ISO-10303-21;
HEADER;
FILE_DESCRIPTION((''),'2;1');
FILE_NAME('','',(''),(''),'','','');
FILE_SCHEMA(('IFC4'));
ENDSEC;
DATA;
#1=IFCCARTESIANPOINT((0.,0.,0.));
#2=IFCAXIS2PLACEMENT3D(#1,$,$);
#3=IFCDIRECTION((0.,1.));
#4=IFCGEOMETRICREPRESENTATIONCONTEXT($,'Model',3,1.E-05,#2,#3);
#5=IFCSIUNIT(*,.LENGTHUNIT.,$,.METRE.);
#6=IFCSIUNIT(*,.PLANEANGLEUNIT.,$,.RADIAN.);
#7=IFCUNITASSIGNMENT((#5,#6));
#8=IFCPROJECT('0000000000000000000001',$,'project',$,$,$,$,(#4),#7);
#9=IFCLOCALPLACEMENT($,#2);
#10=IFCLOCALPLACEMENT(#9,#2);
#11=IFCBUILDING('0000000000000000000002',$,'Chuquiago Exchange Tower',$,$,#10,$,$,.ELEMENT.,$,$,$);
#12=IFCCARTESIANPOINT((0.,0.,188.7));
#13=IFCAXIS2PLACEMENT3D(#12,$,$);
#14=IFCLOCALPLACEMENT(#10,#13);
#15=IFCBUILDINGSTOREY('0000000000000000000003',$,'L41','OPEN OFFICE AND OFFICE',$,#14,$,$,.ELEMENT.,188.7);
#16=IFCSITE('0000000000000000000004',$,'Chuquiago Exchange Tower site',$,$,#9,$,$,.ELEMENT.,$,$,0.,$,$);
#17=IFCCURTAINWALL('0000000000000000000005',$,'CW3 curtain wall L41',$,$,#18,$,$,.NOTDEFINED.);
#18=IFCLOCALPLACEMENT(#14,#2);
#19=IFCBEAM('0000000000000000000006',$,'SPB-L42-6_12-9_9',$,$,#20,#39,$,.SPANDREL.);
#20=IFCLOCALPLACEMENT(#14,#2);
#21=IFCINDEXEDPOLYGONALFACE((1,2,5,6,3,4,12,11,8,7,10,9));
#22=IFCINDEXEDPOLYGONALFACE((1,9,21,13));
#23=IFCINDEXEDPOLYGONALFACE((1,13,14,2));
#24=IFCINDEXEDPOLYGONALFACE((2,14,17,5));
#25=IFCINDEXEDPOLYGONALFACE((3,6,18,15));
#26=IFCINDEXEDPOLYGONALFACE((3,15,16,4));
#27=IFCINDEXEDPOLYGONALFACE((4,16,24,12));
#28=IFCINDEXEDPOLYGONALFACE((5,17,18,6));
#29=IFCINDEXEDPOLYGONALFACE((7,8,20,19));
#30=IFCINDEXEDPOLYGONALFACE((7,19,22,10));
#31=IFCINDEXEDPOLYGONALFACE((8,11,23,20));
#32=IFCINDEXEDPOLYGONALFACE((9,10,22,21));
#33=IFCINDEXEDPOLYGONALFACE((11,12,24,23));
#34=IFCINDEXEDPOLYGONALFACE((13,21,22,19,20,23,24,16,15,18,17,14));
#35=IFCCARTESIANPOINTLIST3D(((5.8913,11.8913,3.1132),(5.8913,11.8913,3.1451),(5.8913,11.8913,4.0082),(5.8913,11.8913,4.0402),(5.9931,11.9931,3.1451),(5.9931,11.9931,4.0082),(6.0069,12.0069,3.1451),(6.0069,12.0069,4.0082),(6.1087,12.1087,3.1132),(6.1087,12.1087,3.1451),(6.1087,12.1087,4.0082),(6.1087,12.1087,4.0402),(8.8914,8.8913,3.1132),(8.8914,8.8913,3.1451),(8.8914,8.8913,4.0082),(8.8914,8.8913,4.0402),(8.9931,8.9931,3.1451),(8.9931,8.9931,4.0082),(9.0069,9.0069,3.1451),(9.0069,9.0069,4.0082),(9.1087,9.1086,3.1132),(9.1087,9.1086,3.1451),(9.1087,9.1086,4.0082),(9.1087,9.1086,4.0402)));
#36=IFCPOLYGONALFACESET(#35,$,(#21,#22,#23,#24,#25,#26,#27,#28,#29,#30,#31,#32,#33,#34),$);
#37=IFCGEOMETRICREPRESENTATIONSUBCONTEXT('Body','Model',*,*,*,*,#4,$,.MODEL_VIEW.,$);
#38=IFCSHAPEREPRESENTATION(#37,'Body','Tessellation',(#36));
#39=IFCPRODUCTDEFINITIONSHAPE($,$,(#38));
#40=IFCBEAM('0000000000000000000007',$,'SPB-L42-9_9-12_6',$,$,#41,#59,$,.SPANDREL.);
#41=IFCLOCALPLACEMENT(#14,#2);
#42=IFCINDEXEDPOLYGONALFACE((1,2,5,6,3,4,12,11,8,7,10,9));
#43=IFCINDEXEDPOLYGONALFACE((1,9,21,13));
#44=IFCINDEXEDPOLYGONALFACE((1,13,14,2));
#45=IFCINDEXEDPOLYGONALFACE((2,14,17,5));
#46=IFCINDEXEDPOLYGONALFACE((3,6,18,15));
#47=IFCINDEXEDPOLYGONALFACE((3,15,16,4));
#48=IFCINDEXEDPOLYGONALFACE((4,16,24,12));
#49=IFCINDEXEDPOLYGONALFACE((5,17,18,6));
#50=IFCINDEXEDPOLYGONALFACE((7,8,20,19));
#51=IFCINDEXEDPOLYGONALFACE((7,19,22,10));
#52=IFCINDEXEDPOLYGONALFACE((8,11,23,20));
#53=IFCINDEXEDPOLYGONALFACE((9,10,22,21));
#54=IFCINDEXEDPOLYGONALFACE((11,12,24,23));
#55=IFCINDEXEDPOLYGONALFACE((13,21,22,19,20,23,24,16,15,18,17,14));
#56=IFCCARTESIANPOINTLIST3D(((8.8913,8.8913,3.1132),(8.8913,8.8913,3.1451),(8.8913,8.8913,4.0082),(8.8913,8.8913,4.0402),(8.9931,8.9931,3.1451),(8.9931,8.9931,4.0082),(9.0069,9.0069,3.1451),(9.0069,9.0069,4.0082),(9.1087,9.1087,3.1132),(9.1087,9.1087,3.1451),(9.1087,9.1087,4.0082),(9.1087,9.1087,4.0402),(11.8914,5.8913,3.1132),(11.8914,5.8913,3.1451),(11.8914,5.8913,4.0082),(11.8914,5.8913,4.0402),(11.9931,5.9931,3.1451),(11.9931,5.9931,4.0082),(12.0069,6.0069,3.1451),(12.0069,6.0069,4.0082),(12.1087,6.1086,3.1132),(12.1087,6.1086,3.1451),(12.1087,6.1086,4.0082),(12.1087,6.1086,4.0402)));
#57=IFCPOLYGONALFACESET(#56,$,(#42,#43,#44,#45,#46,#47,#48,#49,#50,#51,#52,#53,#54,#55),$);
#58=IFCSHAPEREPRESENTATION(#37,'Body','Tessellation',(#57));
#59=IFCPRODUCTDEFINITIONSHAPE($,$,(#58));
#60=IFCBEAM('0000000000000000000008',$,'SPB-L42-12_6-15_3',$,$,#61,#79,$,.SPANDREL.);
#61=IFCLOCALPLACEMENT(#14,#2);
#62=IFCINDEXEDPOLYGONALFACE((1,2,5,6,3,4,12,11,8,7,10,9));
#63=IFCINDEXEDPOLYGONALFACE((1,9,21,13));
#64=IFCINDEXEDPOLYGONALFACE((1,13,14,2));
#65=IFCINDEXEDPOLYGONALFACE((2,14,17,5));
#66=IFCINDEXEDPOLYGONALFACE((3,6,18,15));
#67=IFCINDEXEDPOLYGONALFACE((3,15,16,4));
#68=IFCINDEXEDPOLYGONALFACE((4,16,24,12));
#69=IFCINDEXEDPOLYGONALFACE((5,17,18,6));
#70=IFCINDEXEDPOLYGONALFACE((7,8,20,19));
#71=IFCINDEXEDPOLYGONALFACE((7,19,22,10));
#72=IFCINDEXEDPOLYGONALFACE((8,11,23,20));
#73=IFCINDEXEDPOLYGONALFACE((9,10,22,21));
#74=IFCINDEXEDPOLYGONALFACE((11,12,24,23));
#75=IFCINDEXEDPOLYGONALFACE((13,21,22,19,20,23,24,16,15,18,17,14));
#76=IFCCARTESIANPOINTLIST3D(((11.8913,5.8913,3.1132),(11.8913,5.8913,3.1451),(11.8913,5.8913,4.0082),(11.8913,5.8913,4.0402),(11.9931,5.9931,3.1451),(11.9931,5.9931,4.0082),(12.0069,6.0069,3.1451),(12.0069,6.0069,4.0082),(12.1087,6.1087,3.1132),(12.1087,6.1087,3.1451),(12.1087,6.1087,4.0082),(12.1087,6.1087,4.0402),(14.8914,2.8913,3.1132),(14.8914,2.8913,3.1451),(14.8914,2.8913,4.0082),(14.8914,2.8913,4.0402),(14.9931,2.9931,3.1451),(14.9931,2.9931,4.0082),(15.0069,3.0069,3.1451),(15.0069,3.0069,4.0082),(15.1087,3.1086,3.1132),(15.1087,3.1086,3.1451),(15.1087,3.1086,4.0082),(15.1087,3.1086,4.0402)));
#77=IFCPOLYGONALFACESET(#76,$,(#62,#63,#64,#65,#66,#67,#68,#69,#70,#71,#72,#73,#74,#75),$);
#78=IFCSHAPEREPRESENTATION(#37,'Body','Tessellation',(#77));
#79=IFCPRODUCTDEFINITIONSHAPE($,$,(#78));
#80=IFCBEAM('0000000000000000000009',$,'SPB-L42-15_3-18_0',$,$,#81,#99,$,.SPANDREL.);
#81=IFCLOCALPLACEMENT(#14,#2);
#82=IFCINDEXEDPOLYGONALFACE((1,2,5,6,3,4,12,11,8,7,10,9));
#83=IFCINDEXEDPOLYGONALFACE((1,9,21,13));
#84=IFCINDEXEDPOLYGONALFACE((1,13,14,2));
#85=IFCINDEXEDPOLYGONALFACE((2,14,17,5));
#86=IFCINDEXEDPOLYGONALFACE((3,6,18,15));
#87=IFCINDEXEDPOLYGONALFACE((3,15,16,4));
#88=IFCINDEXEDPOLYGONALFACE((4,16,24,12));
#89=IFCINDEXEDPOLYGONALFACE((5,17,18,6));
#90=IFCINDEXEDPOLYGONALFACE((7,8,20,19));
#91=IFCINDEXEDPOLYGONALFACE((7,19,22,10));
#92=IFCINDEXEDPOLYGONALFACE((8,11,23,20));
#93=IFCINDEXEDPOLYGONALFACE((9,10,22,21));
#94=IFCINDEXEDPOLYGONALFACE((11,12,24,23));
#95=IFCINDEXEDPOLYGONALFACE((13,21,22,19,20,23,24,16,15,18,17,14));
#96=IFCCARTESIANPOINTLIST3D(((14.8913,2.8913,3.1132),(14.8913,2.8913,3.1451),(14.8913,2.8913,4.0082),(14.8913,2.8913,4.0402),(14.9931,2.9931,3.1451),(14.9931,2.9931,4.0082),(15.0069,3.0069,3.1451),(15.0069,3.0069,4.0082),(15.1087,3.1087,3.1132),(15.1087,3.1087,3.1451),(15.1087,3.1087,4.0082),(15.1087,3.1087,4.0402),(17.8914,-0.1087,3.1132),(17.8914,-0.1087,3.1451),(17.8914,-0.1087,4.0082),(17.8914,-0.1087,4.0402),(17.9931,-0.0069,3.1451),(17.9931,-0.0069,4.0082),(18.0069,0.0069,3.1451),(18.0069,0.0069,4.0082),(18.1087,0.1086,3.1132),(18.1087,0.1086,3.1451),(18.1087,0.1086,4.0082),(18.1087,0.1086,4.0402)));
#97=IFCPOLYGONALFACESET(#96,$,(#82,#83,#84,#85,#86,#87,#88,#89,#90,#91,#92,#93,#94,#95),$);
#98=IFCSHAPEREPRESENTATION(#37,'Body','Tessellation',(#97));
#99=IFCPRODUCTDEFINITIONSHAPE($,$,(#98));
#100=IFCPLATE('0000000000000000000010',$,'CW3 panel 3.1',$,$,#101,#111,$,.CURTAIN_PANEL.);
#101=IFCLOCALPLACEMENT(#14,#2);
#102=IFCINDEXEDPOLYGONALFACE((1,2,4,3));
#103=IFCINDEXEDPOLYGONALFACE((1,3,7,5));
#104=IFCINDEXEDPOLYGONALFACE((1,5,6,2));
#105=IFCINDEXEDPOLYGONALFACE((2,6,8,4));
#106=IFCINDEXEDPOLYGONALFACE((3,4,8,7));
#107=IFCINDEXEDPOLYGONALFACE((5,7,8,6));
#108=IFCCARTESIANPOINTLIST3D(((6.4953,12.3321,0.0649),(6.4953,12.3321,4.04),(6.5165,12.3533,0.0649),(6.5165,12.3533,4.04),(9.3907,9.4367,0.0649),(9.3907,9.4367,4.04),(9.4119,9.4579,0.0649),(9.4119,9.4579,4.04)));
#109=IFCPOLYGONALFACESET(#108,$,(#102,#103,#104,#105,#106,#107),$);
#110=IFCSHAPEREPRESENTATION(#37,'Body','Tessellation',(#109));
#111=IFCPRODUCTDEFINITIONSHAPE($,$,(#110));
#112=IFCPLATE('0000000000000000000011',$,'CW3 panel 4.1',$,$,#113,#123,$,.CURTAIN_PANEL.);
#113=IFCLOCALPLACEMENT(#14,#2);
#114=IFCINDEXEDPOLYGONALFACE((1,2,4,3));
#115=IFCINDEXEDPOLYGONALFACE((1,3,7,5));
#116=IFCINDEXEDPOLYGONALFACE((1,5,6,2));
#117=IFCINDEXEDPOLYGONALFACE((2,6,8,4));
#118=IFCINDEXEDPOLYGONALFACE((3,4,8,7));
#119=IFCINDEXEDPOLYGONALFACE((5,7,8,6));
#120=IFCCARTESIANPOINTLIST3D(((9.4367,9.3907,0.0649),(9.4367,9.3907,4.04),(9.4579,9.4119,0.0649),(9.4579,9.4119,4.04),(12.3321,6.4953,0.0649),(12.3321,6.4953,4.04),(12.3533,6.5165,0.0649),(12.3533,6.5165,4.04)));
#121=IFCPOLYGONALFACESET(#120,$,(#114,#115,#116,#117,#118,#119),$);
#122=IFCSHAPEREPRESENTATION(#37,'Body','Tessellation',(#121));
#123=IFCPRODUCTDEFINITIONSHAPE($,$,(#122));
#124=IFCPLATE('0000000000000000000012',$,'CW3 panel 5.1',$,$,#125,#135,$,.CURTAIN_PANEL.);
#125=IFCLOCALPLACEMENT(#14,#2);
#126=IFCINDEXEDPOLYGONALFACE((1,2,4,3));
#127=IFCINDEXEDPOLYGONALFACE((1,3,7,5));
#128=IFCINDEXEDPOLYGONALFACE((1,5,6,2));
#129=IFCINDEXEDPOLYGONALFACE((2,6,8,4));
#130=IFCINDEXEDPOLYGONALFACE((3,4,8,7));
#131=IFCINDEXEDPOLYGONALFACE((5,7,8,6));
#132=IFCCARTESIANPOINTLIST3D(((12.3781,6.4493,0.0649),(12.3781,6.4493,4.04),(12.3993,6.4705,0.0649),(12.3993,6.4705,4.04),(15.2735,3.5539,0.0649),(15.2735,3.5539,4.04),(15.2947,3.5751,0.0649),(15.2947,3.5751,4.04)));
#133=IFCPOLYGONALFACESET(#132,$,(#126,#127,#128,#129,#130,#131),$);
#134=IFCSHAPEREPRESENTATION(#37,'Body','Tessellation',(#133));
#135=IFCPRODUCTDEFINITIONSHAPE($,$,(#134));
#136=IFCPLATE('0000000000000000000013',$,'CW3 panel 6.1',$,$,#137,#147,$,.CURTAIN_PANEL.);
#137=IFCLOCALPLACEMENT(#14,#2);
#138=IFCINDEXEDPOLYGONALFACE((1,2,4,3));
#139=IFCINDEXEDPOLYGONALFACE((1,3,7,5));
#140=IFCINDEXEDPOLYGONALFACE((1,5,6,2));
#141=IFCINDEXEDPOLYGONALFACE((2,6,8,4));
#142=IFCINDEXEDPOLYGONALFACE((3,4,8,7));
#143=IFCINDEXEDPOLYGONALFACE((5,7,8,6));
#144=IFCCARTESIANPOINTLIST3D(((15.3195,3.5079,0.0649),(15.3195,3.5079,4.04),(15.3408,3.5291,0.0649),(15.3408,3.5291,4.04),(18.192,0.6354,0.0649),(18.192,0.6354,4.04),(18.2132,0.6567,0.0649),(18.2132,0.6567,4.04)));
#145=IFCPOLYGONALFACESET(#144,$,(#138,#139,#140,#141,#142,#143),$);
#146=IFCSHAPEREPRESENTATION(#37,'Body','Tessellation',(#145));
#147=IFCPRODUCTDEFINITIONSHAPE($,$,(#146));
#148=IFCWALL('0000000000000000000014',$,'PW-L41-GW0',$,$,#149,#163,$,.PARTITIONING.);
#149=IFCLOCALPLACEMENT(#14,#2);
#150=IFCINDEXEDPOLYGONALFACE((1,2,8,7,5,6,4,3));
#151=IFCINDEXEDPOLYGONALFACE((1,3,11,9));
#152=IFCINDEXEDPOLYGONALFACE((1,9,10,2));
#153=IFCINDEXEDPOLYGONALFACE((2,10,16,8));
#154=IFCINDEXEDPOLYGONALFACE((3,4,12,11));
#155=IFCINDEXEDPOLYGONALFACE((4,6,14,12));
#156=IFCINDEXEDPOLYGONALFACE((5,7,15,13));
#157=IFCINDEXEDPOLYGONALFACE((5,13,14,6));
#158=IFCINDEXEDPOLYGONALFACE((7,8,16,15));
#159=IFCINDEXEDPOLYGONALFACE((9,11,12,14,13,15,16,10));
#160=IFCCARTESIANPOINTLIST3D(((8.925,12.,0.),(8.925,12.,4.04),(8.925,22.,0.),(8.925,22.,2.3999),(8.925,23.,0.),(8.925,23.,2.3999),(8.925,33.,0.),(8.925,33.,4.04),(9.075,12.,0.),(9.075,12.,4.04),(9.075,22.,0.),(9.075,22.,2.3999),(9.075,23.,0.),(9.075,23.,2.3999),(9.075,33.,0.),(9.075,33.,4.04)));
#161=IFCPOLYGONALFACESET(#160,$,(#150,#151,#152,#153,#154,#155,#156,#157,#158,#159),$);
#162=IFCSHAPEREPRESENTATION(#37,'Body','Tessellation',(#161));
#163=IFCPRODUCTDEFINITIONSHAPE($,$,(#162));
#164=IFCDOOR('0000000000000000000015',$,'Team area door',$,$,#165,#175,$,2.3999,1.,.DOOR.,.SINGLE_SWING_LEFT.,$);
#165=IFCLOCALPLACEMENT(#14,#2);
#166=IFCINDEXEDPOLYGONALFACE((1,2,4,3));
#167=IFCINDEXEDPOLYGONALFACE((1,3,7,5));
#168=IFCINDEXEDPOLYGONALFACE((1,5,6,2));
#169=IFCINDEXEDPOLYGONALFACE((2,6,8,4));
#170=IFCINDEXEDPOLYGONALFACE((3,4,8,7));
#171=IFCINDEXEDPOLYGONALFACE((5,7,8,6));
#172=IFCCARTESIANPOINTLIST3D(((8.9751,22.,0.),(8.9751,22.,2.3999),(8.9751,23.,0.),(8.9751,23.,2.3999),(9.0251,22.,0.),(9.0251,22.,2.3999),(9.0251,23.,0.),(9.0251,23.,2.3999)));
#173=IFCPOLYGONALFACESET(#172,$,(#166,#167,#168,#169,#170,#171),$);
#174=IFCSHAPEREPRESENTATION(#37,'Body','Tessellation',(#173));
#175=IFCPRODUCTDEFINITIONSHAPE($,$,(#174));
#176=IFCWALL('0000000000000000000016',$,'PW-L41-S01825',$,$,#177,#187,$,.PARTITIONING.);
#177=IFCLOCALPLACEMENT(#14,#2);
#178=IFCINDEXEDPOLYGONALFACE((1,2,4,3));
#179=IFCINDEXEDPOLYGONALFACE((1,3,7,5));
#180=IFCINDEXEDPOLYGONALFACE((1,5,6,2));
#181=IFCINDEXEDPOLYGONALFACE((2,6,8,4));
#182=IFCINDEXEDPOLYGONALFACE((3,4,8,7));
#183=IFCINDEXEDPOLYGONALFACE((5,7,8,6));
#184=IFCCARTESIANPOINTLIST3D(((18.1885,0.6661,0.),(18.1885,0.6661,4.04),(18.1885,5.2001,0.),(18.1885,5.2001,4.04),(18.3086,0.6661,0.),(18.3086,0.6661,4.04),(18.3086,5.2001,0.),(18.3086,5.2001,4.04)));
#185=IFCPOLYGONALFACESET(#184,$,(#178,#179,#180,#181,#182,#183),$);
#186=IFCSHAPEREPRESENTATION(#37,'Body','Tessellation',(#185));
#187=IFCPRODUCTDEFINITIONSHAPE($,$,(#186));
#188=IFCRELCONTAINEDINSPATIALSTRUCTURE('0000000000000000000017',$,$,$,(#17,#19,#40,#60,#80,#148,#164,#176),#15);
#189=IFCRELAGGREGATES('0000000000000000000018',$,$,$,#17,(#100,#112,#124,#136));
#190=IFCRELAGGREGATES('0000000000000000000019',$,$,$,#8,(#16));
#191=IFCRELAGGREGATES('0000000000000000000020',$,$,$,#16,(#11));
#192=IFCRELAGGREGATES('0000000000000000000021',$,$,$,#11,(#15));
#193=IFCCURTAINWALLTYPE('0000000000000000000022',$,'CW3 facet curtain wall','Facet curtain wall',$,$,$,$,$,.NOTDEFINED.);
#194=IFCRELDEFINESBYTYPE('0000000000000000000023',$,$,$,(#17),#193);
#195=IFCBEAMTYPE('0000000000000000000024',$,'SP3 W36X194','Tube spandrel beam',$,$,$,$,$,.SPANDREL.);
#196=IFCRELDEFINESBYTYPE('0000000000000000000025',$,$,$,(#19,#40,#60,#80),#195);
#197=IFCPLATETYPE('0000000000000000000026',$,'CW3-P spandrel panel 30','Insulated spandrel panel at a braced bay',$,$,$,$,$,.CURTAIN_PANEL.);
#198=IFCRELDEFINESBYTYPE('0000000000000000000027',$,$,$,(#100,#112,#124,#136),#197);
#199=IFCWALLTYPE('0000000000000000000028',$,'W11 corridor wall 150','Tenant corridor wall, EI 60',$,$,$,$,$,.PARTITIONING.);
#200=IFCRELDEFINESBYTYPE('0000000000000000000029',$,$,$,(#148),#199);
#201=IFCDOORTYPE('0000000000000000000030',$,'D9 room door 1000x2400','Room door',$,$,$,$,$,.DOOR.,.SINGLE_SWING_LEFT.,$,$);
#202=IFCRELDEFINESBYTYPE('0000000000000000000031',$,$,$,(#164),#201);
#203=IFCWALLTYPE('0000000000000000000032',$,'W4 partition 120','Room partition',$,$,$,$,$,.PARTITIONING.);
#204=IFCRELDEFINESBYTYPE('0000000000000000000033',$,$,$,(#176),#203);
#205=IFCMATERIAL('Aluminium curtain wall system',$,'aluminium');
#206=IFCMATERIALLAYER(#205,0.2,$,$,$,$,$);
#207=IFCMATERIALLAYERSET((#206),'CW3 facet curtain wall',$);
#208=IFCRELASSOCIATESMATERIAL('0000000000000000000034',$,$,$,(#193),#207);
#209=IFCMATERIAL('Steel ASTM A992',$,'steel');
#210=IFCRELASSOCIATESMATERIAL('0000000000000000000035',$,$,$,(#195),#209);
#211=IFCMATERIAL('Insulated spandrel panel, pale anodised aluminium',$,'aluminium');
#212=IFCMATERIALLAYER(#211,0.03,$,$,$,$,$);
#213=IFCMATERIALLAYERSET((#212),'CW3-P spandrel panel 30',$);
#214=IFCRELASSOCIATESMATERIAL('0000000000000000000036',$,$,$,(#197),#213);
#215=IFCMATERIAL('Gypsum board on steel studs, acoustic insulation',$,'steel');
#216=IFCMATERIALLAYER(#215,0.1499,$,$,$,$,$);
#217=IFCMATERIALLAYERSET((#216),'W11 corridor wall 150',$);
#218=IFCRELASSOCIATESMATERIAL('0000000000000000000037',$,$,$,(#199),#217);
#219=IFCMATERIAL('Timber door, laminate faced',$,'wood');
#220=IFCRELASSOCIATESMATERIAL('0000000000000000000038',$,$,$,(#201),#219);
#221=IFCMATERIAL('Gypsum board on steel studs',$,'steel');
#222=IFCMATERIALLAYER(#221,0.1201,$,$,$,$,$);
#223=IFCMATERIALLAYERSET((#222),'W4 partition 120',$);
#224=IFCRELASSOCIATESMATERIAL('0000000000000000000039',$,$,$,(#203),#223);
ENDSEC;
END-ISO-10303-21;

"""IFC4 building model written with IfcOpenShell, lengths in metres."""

from ifc_helpers import new_model, si_unit, direction, frame, frame_2d, origin, origin_2d, place, context, subcontext, project, spatial, rectangle, i_section, extrude, material, layer, layer_set, material_profile, profile_set, type_object, element, fill, aggregate, save


model = new_model("IFC4")

# Units and contexts
model_context = context("Model", 3, precision=1e-05, world=origin(), true_north=direction((0.0, 1.0)))
body_context = subcontext(model_context, "Body", "Model", "MODEL_VIEW")
ifc_project = project(units=[si_unit("LENGTHUNIT", "METRE"), si_unit("PLANEANGLEUNIT", "RADIAN")], contexts=[model_context])

# Site, building, storey
site_placement = place(None, origin())
site = spatial("IfcSite", under=ifc_project, at=site_placement, Name="Chuquiago Exchange Tower site", CompositionType="ELEMENT", RefElevation=0.0)
building_placement = place(site_placement, origin())
building = spatial("IfcBuilding", under=site, at=building_placement, Name="Chuquiago Exchange Tower", CompositionType="ELEMENT")
storey_placement = place(building_placement, frame((0.0, 0.0, 188.7)))
storey = spatial("IfcBuildingStorey", under=building, at=storey_placement, Name="L41", Description="OPEN OFFICE AND OFFICE", CompositionType="ELEMENT", Elevation=188.7)

# Curtain wall
ifc_material_1 = material(Name="Aluminium curtain wall system", Category="aluminium")
ifc_layer_1 = layer(ifc_material_1, 0.2)
ifc_layer_set_1 = layer_set([ifc_layer_1], Name="CW3 facet curtain wall")
curtain_wall_type = type_object("IfcCurtainWallType", Name="CW3 facet curtain wall", Description="Facet curtain wall", PredefinedType="NOTDEFINED", material=ifc_layer_set_1)
curtain_wall_placement = place(storey_placement, origin())
curtain_wall = element("IfcCurtainWall", 1, at=curtain_wall_placement, inside=storey, type_object=curtain_wall_type, Name="CW3 curtain wall L41", PredefinedType="NOTDEFINED")

# Beams
ifc_material_2 = material(Name="Steel ASTM A992", Category="steel")
ifc_material_profile_1 = material_profile(ifc_material_2, i_section(OverallWidth=0.3074, OverallDepth=0.927, WebThickness=0.0195, FlangeThickness=0.032, at=origin_2d()), Name="W36X194")
ifc_profile_set_1 = profile_set([ifc_material_profile_1], Name="Steel ASTM A992")
beam_type_1 = type_object("IfcBeamType", Name="SP3 W36X194", Description="Tube spandrel beam", PredefinedType="SPANDREL", material=ifc_profile_set_1)
for number, where, z_axis, x_axis, name in (
    (2, (6.0, 12.0, 3.5767), (0.707107, -0.707107, 0.0), (0.707107, 0.707107, 0.0), "SPB-L42-6_12-9_9"),
    (3, (9.0, 9.0, 3.5767), (0.707107, -0.707107, 0.0), (0.707107, 0.707107, 0.0), "SPB-L42-9_9-12_6"),
    (4, (12.0, 6.0, 3.5767), (0.707107, -0.707107, 0.0), (0.707107, 0.707107, 0.0), "SPB-L42-12_6-15_3"),
    (5, (15.0, 3.0, 3.5767), (0.707107, -0.707107, 0.0), (0.707107, 0.707107, 0.0), "SPB-L42-15_3-18_0"),
):
    element("IfcBeam", number, at=place(storey_placement, frame(where, z_axis=z_axis, x_axis=x_axis)), inside=storey, type_object=beam_type_1, Name=name, PredefinedType="SPANDREL", context=body_context, shape_type="SweptSolid", body=[
        extrude(i_section(OverallWidth=0.3074, OverallDepth=0.927, WebThickness=0.0195, FlangeThickness=0.032, at=origin_2d()), origin(), (0.0, 0.0, 1.0), 4.2427),
    ])

# Plates
ifc_material_3 = material(Name="Insulated spandrel panel, pale anodised aluminium", Category="aluminium")
ifc_layer_2 = layer(ifc_material_3, 0.03)
ifc_layer_set_2 = layer_set([ifc_layer_2], Name="CW3-P spandrel panel 30")
plate_type = type_object("IfcPlateType", Name="CW3-P spandrel panel 30", Description="Insulated spandrel panel at a braced bay", PredefinedType="CURTAIN_PANEL", material=ifc_layer_set_2)
plate_1_placement = place(storey_placement, frame((7.9536, 10.895, 0.0649), z_axis=(0.0, 0.0, 1.0), x_axis=(0.707107, -0.707107, 0.0)))
plate_1 = element("IfcPlate", 6, at=plate_1_placement, type_object=plate_type, Name="CW3 panel 3.1", PredefinedType="CURTAIN_PANEL", context=body_context, shape_type="SweptSolid", body=[
    extrude(rectangle(XDim=4.0947, YDim=0.03, at=origin_2d()), origin(), (0.0, 0.0, 1.0), 3.9751),
])
plate_2_placement = place(storey_placement, frame((10.895, 7.9536, 0.0649), z_axis=(0.0, 0.0, 1.0), x_axis=(0.707107, -0.707107, 0.0)))
plate_2 = element("IfcPlate", 7, at=plate_2_placement, type_object=plate_type, Name="CW3 panel 4.1", PredefinedType="CURTAIN_PANEL", context=body_context, shape_type="SweptSolid", body=[
    extrude(rectangle(XDim=4.0947, YDim=0.03, at=origin_2d()), origin(), (0.0, 0.0, 1.0), 3.9751),
])
plate_3_placement = place(storey_placement, frame((13.8364, 5.0122, 0.0649), z_axis=(0.0, 0.0, 1.0), x_axis=(0.707107, -0.707107, 0.0)))
plate_3 = element("IfcPlate", 8, at=plate_3_placement, type_object=plate_type, Name="CW3 panel 5.1", PredefinedType="CURTAIN_PANEL", context=body_context, shape_type="SweptSolid", body=[
    extrude(rectangle(XDim=4.0947, YDim=0.03, at=origin_2d()), origin(), (0.0, 0.0, 1.0), 3.9751),
])
plate_4_placement = place(storey_placement, frame((16.7664, 2.0823, 0.0649), z_axis=(0.0, 0.0, 1.0), x_axis=(0.707107, -0.707107, 0.0)))
plate_4 = element("IfcPlate", 9, at=plate_4_placement, type_object=plate_type, Name="CW3 panel 6.1", PredefinedType="CURTAIN_PANEL", context=body_context, shape_type="SweptSolid", body=[
    extrude(rectangle(XDim=4.0623, YDim=0.03, at=origin_2d()), origin(), (0.0, 0.0, 1.0), 3.9751),
])
aggregate(curtain_wall, [plate_1, plate_2, plate_3, plate_4])

# Wall, opening, door
ifc_material_4 = material(Name="Gypsum board on steel studs, acoustic insulation", Category="steel")
ifc_layer_3 = layer(ifc_material_4, 0.1499)
ifc_layer_set_3 = layer_set([ifc_layer_3], Name="W11 corridor wall 150")
wall_type_1 = type_object("IfcWallType", Name="W11 corridor wall 150", Description="Tenant corridor wall, EI 60", PredefinedType="PARTITIONING", material=ifc_layer_set_3)
wall_1_placement = place(storey_placement, frame((9.0, 12.0, 0.0), z_axis=(0.0, 0.0, 1.0), x_axis=(0.0, 1.0, 0.0)))
wall_1 = element("IfcWall", 10, at=wall_1_placement, inside=storey, type_object=wall_type_1, Name="PW-L41-GW0", PredefinedType="PARTITIONING", context=body_context, shape_type="SweptSolid", body=[
    extrude(rectangle(XDim=21.0, YDim=0.1499, at=frame_2d((10.5, 0.0))), origin(), (0.0, 0.0, 1.0), 4.04),
])
opening_1_placement = place(wall_1_placement, frame((10.0, 0.0, 0.0)))
opening_1 = element("IfcOpeningElement", 11, at=opening_1_placement, cuts=wall_1, PredefinedType="OPENING", context=body_context, shape_type="SweptSolid", body=[
    extrude(rectangle(XDim=1.0, YDim=2.3999, at=frame_2d((0.5, 1.2))), frame((0.0, 0.085, 0.0), z_axis=(0.0, -1.0, 0.0), x_axis=(1.0, 0.0, 0.0)), (0.0, 0.0, 1.0), 0.1699),
])
ifc_material_5 = material(Name="Timber door, laminate faced", Category="wood")
door_type = type_object("IfcDoorType", Name="D9 room door 1000x2400", Description="Room door", OperationType="SINGLE_SWING_LEFT", PredefinedType="DOOR", material=ifc_material_5)
door_1_placement = place(opening_1_placement, origin())
door_1 = element("IfcDoor", 12, at=door_1_placement, inside=storey, type_object=door_type, Name="Team area door", OperationType="SINGLE_SWING_LEFT", OverallHeight=2.3999, OverallWidth=1.0, PredefinedType="DOOR", context=body_context, shape_type="SweptSolid", body=[
    extrude(rectangle(XDim=1.0, YDim=2.3999, at=frame_2d((0.5, 1.2))), frame((0.0, 0.0249, 0.0), z_axis=(0.0, -1.0, 0.0), x_axis=(1.0, 0.0, 0.0)), (0.0, 0.0, 1.0), 0.05),
])
fill(opening_1, door_1)

# Wall
ifc_material_6 = material(Name="Gypsum board on steel studs", Category="steel")
ifc_layer_4 = layer(ifc_material_6, 0.1201)
ifc_layer_set_4 = layer_set([ifc_layer_4], Name="W4 partition 120")
wall_type_2 = type_object("IfcWallType", Name="W4 partition 120", Description="Room partition", PredefinedType="PARTITIONING", material=ifc_layer_set_4)
wall_2_placement = place(storey_placement, frame((18.2485, 0.666, 0.0), z_axis=(0.0, 0.0, 1.0), x_axis=(0.0, 1.0, 0.0)))
element("IfcWall", 13, at=wall_2_placement, inside=storey, type_object=wall_type_2, Name="PW-L41-S01825", PredefinedType="PARTITIONING", context=body_context, shape_type="SweptSolid", body=[
    extrude(rectangle(XDim=4.5339, YDim=0.1201, at=frame_2d((2.2671, 0.0))), origin(), (0.0, 0.0, 1.0), 4.04),
])

save(model, "model.ifc")
